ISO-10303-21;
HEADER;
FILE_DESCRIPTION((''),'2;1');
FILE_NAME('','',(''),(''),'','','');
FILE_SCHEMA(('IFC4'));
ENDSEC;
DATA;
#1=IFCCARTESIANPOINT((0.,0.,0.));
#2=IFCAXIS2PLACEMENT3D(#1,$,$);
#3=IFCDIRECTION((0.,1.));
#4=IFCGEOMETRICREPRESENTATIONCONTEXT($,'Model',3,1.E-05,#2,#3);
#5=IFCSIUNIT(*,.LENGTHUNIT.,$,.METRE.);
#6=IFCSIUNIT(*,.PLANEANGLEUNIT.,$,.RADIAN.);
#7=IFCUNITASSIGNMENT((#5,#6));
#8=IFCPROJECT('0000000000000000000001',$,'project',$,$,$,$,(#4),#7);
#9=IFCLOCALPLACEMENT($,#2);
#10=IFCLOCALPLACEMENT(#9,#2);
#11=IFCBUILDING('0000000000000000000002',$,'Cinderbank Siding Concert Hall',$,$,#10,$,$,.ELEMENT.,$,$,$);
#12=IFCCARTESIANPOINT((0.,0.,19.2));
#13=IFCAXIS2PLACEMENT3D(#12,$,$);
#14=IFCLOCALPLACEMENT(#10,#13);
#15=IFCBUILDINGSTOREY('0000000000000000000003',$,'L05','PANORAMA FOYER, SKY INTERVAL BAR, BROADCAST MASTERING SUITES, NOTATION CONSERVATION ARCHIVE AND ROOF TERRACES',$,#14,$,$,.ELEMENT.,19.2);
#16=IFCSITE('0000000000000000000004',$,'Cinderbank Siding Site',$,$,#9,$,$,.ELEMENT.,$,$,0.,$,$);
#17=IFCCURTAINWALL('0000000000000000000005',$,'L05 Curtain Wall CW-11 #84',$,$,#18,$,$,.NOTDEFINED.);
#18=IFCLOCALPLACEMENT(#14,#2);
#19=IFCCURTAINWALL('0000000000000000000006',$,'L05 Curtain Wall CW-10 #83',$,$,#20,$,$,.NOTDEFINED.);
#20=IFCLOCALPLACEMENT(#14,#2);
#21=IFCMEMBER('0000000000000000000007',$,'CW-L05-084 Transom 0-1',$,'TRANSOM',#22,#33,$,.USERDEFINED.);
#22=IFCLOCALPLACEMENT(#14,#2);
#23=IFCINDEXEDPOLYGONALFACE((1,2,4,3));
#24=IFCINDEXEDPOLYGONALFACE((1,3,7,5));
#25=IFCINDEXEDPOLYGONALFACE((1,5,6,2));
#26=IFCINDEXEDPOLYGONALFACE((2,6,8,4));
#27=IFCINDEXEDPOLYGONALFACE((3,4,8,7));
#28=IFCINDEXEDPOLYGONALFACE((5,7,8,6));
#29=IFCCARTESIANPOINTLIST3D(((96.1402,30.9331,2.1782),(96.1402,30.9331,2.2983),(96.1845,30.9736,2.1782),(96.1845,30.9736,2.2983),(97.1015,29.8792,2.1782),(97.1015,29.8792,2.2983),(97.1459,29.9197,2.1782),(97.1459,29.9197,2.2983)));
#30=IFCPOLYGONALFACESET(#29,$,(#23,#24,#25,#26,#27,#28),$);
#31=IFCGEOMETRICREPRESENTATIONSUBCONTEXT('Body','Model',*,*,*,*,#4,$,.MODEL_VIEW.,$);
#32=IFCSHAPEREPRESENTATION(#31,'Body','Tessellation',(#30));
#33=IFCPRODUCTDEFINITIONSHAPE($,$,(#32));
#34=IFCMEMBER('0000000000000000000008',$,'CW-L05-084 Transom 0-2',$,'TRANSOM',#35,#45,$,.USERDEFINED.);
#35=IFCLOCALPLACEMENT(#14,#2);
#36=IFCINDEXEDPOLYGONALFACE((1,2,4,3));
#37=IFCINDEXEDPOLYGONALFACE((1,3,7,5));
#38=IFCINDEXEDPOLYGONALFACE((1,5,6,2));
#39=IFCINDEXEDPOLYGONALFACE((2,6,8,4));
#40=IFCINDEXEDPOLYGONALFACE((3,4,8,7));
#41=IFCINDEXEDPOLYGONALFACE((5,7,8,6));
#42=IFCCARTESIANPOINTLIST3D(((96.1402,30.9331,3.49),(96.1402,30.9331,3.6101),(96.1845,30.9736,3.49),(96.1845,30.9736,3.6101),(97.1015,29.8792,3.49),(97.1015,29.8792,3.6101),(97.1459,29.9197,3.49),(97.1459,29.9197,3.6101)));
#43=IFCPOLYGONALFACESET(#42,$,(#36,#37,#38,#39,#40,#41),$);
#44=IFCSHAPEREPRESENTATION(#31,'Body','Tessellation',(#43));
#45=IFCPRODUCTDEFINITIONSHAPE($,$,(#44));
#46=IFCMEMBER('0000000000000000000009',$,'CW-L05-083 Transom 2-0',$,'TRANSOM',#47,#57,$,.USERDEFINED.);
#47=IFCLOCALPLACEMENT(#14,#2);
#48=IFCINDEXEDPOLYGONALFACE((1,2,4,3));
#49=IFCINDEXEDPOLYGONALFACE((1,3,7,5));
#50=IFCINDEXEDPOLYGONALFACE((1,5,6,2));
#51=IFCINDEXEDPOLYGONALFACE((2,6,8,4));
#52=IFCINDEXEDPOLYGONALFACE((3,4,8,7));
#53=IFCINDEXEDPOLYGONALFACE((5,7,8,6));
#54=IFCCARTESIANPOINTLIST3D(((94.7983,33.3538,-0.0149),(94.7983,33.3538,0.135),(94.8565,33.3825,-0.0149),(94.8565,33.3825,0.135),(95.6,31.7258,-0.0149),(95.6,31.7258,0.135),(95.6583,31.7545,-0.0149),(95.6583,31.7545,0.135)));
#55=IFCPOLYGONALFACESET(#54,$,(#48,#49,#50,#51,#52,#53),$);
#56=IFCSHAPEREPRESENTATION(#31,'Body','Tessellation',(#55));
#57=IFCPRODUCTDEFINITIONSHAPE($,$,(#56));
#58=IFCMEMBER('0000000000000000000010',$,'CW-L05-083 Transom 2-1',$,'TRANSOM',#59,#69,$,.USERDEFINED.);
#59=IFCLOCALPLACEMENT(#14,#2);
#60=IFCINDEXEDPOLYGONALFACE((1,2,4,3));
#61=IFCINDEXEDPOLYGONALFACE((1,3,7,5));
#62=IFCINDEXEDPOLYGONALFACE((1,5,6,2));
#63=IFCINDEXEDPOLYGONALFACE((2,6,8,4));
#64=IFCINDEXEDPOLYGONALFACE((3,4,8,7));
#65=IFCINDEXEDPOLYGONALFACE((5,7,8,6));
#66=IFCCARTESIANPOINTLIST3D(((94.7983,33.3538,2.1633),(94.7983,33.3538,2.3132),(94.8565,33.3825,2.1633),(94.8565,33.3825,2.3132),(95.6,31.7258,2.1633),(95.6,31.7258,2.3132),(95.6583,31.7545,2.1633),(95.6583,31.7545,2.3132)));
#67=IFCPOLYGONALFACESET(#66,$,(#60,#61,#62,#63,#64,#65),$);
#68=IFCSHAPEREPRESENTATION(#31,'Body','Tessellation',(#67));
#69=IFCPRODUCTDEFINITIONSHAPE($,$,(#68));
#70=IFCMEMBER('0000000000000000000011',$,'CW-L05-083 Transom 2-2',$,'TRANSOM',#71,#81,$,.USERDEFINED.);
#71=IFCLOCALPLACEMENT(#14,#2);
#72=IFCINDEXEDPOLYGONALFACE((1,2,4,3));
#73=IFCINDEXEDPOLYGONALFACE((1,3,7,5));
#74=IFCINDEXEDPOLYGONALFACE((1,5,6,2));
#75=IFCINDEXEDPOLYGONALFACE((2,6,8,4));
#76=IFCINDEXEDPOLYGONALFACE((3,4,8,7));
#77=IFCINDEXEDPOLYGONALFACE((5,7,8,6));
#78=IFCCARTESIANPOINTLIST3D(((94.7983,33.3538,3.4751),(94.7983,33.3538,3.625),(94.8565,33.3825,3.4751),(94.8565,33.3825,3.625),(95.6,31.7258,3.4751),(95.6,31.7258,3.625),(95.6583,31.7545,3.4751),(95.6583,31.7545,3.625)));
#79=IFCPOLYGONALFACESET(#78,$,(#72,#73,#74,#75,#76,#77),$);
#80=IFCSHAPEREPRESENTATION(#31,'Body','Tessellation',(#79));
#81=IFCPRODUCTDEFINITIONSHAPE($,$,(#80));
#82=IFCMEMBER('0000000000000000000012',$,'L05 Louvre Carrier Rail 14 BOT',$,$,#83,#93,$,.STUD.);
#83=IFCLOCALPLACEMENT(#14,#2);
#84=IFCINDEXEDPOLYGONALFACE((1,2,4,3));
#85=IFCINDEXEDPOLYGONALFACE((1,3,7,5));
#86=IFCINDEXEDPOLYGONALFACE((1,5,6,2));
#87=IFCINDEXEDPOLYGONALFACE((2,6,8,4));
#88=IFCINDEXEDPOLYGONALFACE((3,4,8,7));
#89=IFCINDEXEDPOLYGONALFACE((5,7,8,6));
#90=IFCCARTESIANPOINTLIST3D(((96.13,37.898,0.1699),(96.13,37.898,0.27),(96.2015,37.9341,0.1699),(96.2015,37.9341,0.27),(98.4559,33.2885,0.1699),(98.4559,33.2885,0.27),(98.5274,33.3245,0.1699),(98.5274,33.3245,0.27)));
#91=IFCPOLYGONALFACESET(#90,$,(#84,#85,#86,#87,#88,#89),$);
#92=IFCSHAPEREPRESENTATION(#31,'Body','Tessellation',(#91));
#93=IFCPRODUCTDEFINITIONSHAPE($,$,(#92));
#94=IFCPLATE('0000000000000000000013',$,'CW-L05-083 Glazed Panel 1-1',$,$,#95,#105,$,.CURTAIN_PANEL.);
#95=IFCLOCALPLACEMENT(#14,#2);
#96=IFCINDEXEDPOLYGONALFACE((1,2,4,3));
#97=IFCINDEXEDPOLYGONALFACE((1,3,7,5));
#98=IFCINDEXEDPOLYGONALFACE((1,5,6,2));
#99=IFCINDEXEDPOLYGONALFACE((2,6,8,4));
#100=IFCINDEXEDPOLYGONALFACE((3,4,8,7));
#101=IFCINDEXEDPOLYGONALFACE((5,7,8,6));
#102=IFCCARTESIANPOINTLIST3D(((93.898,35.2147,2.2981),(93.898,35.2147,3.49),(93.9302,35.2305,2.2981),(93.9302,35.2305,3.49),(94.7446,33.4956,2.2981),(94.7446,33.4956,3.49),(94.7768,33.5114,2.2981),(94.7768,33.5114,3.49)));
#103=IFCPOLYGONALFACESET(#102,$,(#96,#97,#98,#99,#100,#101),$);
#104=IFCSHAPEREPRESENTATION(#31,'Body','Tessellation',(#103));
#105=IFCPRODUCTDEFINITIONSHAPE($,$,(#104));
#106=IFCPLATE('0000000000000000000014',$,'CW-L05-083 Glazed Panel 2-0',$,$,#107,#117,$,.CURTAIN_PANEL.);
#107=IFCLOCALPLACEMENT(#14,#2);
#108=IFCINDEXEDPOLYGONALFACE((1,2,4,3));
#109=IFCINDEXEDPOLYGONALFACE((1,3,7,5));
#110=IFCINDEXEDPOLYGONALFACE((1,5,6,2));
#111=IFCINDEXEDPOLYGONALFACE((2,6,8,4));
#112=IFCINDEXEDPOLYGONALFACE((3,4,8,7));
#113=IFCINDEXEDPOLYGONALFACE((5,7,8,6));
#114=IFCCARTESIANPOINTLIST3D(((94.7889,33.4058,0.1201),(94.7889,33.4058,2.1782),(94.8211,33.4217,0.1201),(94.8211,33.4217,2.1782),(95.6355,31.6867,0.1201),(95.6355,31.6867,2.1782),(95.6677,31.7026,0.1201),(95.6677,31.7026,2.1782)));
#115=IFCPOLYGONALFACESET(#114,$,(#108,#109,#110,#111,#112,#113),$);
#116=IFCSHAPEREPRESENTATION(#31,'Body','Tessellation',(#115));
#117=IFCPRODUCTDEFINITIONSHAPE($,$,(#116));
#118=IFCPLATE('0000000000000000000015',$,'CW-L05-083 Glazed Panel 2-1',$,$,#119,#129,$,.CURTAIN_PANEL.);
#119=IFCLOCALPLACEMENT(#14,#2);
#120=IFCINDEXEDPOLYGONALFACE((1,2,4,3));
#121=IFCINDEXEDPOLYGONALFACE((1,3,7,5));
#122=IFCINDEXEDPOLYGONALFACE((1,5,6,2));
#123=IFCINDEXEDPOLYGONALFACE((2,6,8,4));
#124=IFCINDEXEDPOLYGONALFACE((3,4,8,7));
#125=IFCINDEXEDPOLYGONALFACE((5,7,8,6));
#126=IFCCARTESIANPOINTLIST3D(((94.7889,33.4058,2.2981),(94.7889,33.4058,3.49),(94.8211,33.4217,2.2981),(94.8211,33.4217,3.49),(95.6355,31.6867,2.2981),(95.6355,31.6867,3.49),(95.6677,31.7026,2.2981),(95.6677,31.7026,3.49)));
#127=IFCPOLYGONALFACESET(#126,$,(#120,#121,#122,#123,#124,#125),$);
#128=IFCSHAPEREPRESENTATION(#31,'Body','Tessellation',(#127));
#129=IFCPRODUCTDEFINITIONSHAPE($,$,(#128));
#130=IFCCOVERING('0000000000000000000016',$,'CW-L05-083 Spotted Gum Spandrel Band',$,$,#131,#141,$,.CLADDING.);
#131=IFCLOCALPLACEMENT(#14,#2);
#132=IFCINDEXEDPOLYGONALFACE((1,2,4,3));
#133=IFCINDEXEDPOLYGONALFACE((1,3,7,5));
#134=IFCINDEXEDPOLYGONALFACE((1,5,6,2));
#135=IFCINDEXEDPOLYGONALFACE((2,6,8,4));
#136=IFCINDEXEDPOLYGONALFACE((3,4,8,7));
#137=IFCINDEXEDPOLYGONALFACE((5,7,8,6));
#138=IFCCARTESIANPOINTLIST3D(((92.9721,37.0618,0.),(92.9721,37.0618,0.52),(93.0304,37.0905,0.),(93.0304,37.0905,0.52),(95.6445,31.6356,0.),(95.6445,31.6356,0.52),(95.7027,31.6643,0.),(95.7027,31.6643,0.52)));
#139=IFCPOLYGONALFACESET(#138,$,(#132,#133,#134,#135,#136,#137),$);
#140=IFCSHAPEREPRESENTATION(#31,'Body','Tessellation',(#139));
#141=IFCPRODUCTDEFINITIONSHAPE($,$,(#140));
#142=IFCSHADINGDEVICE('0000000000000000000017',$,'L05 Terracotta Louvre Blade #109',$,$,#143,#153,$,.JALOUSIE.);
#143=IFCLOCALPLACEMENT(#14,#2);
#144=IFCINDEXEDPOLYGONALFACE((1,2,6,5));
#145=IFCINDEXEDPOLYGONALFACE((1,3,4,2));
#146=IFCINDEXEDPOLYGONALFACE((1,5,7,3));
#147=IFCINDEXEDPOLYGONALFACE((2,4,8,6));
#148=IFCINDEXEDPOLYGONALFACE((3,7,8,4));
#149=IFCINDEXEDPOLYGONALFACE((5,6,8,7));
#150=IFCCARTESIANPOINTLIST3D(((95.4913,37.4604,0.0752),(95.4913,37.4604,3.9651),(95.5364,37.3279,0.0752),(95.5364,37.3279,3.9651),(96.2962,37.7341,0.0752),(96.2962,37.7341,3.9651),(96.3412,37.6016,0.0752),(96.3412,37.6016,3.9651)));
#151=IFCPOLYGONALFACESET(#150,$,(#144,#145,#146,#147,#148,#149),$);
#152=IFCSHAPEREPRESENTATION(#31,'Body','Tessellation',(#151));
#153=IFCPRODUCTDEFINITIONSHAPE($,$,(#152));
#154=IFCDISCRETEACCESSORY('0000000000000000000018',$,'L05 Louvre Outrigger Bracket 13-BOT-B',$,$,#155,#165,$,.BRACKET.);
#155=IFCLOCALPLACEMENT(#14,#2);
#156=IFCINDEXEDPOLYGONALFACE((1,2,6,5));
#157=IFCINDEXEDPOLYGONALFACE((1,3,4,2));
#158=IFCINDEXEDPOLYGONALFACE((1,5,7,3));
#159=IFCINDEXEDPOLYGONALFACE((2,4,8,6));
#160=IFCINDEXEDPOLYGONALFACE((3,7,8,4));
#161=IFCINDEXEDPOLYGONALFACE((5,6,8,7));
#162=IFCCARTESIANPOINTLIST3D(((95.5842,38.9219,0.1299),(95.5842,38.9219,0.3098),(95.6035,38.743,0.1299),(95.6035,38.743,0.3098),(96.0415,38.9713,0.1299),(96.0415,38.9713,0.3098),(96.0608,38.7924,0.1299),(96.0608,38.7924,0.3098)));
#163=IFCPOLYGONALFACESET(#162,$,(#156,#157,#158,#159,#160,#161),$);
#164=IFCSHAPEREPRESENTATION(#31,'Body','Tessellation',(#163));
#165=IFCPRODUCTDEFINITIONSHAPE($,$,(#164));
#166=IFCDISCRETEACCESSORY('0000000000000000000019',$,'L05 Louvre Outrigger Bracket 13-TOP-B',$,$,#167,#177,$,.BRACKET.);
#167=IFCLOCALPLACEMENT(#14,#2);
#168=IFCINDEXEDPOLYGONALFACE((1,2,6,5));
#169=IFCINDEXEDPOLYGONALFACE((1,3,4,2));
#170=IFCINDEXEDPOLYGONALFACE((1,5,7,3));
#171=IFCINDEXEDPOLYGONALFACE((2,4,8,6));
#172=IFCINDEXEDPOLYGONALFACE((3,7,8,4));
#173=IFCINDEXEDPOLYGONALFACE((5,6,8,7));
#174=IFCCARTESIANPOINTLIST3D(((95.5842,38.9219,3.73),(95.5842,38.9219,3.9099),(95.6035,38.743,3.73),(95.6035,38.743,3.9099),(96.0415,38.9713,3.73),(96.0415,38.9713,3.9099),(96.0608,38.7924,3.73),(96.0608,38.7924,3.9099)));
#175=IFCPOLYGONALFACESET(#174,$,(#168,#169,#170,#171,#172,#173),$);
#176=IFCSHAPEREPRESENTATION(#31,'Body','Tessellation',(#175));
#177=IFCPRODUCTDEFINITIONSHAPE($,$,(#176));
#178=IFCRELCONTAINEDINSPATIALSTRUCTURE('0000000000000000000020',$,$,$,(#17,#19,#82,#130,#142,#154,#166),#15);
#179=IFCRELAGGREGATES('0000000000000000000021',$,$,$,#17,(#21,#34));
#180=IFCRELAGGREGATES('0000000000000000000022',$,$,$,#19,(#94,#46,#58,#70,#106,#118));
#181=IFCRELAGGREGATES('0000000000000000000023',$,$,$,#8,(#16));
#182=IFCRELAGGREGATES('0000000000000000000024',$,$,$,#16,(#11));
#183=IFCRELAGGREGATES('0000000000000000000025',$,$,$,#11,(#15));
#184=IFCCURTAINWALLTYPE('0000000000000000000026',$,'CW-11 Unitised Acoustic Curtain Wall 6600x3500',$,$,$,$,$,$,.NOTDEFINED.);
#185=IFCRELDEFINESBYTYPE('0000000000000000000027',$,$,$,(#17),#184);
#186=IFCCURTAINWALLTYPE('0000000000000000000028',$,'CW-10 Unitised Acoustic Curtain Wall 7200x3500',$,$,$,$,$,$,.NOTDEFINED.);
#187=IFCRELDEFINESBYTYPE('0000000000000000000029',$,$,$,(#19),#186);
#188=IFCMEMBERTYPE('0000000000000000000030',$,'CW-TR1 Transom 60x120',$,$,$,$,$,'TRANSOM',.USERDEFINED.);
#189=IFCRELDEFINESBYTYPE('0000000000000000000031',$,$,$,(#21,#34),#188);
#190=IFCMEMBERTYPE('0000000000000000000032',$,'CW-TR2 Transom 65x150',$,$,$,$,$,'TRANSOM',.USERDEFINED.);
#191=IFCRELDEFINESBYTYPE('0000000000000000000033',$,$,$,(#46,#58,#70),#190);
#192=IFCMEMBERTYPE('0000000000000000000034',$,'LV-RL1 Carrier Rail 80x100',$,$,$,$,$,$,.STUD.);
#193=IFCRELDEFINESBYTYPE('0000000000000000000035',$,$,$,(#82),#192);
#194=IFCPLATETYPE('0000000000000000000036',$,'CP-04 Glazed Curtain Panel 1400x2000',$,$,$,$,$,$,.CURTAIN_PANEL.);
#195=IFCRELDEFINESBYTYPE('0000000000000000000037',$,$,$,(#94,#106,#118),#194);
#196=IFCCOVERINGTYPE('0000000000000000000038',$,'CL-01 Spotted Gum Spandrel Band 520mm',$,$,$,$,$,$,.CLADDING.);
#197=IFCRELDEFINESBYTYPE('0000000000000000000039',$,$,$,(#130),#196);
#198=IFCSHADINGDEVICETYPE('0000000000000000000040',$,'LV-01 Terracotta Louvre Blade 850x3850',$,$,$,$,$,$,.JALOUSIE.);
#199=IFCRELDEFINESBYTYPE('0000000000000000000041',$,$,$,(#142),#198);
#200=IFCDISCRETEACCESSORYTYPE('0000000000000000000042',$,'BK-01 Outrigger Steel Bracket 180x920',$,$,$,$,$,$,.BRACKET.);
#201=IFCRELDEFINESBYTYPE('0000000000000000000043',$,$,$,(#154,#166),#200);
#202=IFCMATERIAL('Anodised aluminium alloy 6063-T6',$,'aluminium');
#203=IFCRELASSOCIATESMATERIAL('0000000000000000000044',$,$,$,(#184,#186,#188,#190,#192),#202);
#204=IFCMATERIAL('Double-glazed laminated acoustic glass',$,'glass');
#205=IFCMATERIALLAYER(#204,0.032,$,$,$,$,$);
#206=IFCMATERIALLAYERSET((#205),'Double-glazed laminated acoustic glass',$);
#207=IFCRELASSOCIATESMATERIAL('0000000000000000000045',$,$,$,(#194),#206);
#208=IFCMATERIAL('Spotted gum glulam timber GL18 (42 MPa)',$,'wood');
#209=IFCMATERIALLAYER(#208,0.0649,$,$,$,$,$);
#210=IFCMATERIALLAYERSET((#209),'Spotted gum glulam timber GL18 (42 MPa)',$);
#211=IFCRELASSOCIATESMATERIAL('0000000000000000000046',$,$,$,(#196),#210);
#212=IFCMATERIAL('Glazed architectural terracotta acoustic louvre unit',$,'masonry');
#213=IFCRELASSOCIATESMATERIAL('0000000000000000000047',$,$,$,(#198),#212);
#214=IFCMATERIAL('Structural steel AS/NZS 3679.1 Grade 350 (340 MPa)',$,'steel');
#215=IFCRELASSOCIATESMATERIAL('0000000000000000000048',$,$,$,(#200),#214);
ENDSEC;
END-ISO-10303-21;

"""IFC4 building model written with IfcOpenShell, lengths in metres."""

from ifc_helpers import new_model, si_unit, direction, frame, origin, origin_2d, place, context, subcontext, project, spatial, rectangle, extrude, material, layer, layer_set, material_profile, profile_set, type_object, element, aggregate, save


model = new_model("IFC4")

# Units and contexts
model_context = context("Model", 3, precision=1e-05, world=origin(), true_north=direction((0.0, 1.0)))
body_context = subcontext(model_context, "Body", "Model", "MODEL_VIEW")
ifc_project = project(units=[si_unit("LENGTHUNIT", "METRE"), si_unit("PLANEANGLEUNIT", "RADIAN")], contexts=[model_context])

# Site, building, storey
site_placement = place(None, origin())
site = spatial("IfcSite", under=ifc_project, at=site_placement, Name="Cinderbank Siding Site", CompositionType="ELEMENT", RefElevation=0.0)
building_placement = place(site_placement, origin())
building = spatial("IfcBuilding", under=site, at=building_placement, Name="Cinderbank Siding Concert Hall", CompositionType="ELEMENT")
storey_placement = place(building_placement, frame((0.0, 0.0, 19.2)))
storey = spatial("IfcBuildingStorey", under=building, at=storey_placement, Name="L05", Description="PANORAMA FOYER, SKY INTERVAL BAR, BROADCAST MASTERING SUITES, NOTATION CONSERVATION ARCHIVE AND ROOF TERRACES", CompositionType="ELEMENT", Elevation=19.2)

# Shared definitions
ifc_material_1 = material(Name="Structural steel AS/NZS 3679.1 Grade 350 (340 MPa)", Category="steel")

# Curtain wall
ifc_material_2 = material(Name="Anodised aluminium alloy 6063-T6", Category="aluminium")
curtain_wall_type_1 = type_object("IfcCurtainWallType", Name="CW-11 Unitised Acoustic Curtain Wall 6600x3500", PredefinedType="NOTDEFINED", material=ifc_material_2)
curtain_wall_1_placement = place(storey_placement, origin())
curtain_wall_1 = element("IfcCurtainWall", 1, at=curtain_wall_1_placement, inside=storey, type_object=curtain_wall_type_1, Name="L05 Curtain Wall CW-11 #84", PredefinedType="NOTDEFINED")

# Curtain wall
curtain_wall_type_2 = type_object("IfcCurtainWallType", Name="CW-10 Unitised Acoustic Curtain Wall 7200x3500", PredefinedType="NOTDEFINED", material=ifc_material_2)
curtain_wall_2_placement = place(storey_placement, origin())
curtain_wall_2 = element("IfcCurtainWall", 2, at=curtain_wall_2_placement, inside=storey, type_object=curtain_wall_type_2, Name="L05 Curtain Wall CW-10 #83", PredefinedType="NOTDEFINED")

# Members
ifc_material_profile_1 = material_profile(ifc_material_2, rectangle(XDim=0.0601, YDim=0.1201, at=origin_2d()), Name="ALU-TRAN-60x120", Category="LoadBearing")
ifc_profile_set_1 = profile_set([ifc_material_profile_1], Name="Anodised aluminium alloy 6063-T6")
member_type_1 = type_object("IfcMemberType", Name="CW-TR1 Transom 60x120", ElementType="TRANSOM", PredefinedType="USERDEFINED", material=ifc_profile_set_1)
member_1_placement = place(storey_placement, frame((96.1624, 30.9534, 2.2383), z_axis=(0.673932, -0.738793, 0.0), x_axis=(0.738793, 0.673932, 0.0)))
member_1 = element("IfcMember", 3, at=member_1_placement, type_object=member_type_1, Name="CW-L05-084 Transom 0-1", ObjectType="TRANSOM", PredefinedType="USERDEFINED", context=body_context, shape_type="SweptSolid", body=[
    extrude(rectangle(XDim=0.0601, YDim=0.1201, at=origin_2d()), origin(), (0.0, 0.0, 1.0), 1.4265),
])
member_2_placement = place(storey_placement, frame((96.1624, 30.9534, 3.55), z_axis=(0.673932, -0.738793, 0.0), x_axis=(0.738793, 0.673932, 0.0)))
member_2 = element("IfcMember", 4, at=member_2_placement, type_object=member_type_1, Name="CW-L05-084 Transom 0-2", ObjectType="TRANSOM", PredefinedType="USERDEFINED", context=body_context, shape_type="SweptSolid", body=[
    extrude(rectangle(XDim=0.0601, YDim=0.1201, at=origin_2d()), origin(), (0.0, 0.0, 1.0), 1.4265),
])
aggregate(curtain_wall_1, [member_1, member_2])
ifc_material_profile_2 = material_profile(ifc_material_2, rectangle(XDim=0.0649, YDim=0.1499, at=origin_2d()), Name="ALU-TRAN-65x150", Category="LoadBearing")
ifc_profile_set_2 = profile_set([ifc_material_profile_2], Name="Anodised aluminium alloy 6063-T6")
member_type_2 = type_object("IfcMemberType", Name="CW-TR2 Transom 65x150", ElementType="TRANSOM", PredefinedType="USERDEFINED", material=ifc_profile_set_2)
member_3_placement = place(storey_placement, frame((94.8274, 33.3682, 0.0601), z_axis=(0.441824, -0.897102, 0.0), x_axis=(0.897102, 0.441824, 0.0)))
member_3 = element("IfcMember", 5, at=member_3_placement, type_object=member_type_2, Name="CW-L05-083 Transom 2-0", ObjectType="TRANSOM", PredefinedType="USERDEFINED", context=body_context, shape_type="SweptSolid", body=[
    extrude(rectangle(XDim=0.0649, YDim=0.1499, at=origin_2d()), origin(), (0.0, 0.0, 1.0), 1.8147),
])
member_4_placement = place(storey_placement, frame((94.8274, 33.3682, 2.2383), z_axis=(0.441824, -0.897102, 0.0), x_axis=(0.897102, 0.441824, 0.0)))
member_4 = element("IfcMember", 6, at=member_4_placement, type_object=member_type_2, Name="CW-L05-083 Transom 2-1", ObjectType="TRANSOM", PredefinedType="USERDEFINED", context=body_context, shape_type="SweptSolid", body=[
    extrude(rectangle(XDim=0.0649, YDim=0.1499, at=origin_2d()), origin(), (0.0, 0.0, 1.0), 1.8147),
])
member_5_placement = place(storey_placement, frame((94.8274, 33.3682, 3.55), z_axis=(0.441824, -0.897102, 0.0), x_axis=(0.897102, 0.441824, 0.0)))
member_5 = element("IfcMember", 7, at=member_5_placement, type_object=member_type_2, Name="CW-L05-083 Transom 2-2", ObjectType="TRANSOM", PredefinedType="USERDEFINED", context=body_context, shape_type="SweptSolid", body=[
    extrude(rectangle(XDim=0.0649, YDim=0.1499, at=origin_2d()), origin(), (0.0, 0.0, 1.0), 1.8147),
])
ifc_material_profile_3 = material_profile(ifc_material_2, rectangle(XDim=0.0801, YDim=0.1001, at=origin_2d()), Name="ALU-RAIL-80x100", Category="LoadBearing")
ifc_profile_set_3 = profile_set([ifc_material_profile_3], Name="Anodised aluminium alloy 6063-T6")
member_type_3 = type_object("IfcMemberType", Name="LV-RL1 Carrier Rail 80x100", PredefinedType="STUD", material=ifc_profile_set_3)
member_6_placement = place(storey_placement, frame((96.1658, 37.916, 0.22), z_axis=(0.450483, -0.892785, 0.0), x_axis=(0.892785, 0.450483, 0.0)))
element("IfcMember", 8, at=member_6_placement, inside=storey, type_object=member_type_3, Name="L05 Louvre Carrier Rail 14 BOT", PredefinedType="STUD", context=body_context, shape_type="SweptSolid", body=[
    extrude(rectangle(XDim=0.0801, YDim=0.1001, at=origin_2d()), origin(), (0.0, 0.0, 1.0), 5.1631),
])

# Plates
ifc_material_3 = material(Name="Double-glazed laminated acoustic glass", Category="glass")
ifc_layer_1 = layer(ifc_material_3, 0.032)
ifc_layer_set_1 = layer_set([ifc_layer_1], Name="Double-glazed laminated acoustic glass")
plate_type = type_object("IfcPlateType", Name="CP-04 Glazed Curtain Panel 1400x2000", PredefinedType="CURTAIN_PANEL", material=ifc_layer_set_1)
plate_1_placement = place(storey_placement, frame((94.3374, 34.363, 2.2981), z_axis=(0.0, 0.0, 1.0), x_axis=(0.441816, -0.897105, 0.0)))
plate_1 = element("IfcPlate", 9, at=plate_1_placement, type_object=plate_type, Name="CW-L05-083 Glazed Panel 1-1", PredefinedType="CURTAIN_PANEL", context=body_context, shape_type="SweptSolid", body=[
    extrude(rectangle(XDim=1.9163, YDim=0.0359, at=origin_2d()), origin(), (0.0, 0.0, 1.0), 1.1919),
])
plate_2_placement = place(storey_placement, frame((95.2283, 32.5542, 0.1201), z_axis=(0.0, 0.0, 1.0), x_axis=(0.441816, -0.897105, 0.0)))
plate_2 = element("IfcPlate", 10, at=plate_2_placement, type_object=plate_type, Name="CW-L05-083 Glazed Panel 2-0", PredefinedType="CURTAIN_PANEL", context=body_context, shape_type="SweptSolid", body=[
    extrude(rectangle(XDim=1.9163, YDim=0.0359, at=origin_2d()), origin(), (0.0, 0.0, 1.0), 2.0581),
])
plate_3_placement = place(storey_placement, frame((95.2283, 32.5542, 2.2981), z_axis=(0.0, 0.0, 1.0), x_axis=(0.441816, -0.897105, 0.0)))
plate_3 = element("IfcPlate", 11, at=plate_3_placement, type_object=plate_type, Name="CW-L05-083 Glazed Panel 2-1", PredefinedType="CURTAIN_PANEL", context=body_context, shape_type="SweptSolid", body=[
    extrude(rectangle(XDim=1.9163, YDim=0.0359, at=origin_2d()), origin(), (0.0, 0.0, 1.0), 1.1919),
])
aggregate(curtain_wall_2, [plate_1, member_3, member_4, member_5, plate_2, plate_3])

# Covering
ifc_material_4 = material(Name="Spotted gum glulam timber GL18 (42 MPa)", Category="wood")
ifc_layer_2 = layer(ifc_material_4, 0.0649)
ifc_layer_set_2 = layer_set([ifc_layer_2], Name="Spotted gum glulam timber GL18 (42 MPa)")
covering_type = type_object("IfcCoveringType", Name="CL-01 Spotted Gum Spandrel Band 520mm", PredefinedType="CLADDING", material=ifc_layer_set_2)
covering_placement = place(storey_placement, frame((94.3374, 34.363, 0.0), z_axis=(0.0, 0.0, 1.0), x_axis=(0.441816, -0.897105, 0.0)))
element("IfcCovering", 12, at=covering_placement, inside=storey, type_object=covering_type, Name="CW-L05-083 Spotted Gum Spandrel Band", PredefinedType="CLADDING", context=body_context, shape_type="SweptSolid", body=[
    extrude(rectangle(XDim=6.0486, YDim=0.0649, at=origin_2d()), origin(), (0.0, 0.0, 1.0), 0.52),
])

# Shading device
ifc_material_5 = material(Name="Glazed architectural terracotta acoustic louvre unit", Category="masonry")
shading_device_type = type_object("IfcShadingDeviceType", Name="LV-01 Terracotta Louvre Blade 850x3850", PredefinedType="JALOUSIE", material=ifc_material_5)
shading_device_placement = place(storey_placement, frame((95.9163, 37.531, 0.0752), z_axis=(0.0, 0.0, 1.0), x_axis=(-0.946765, -0.321924, 0.0)))
element("IfcShadingDevice", 13, at=shading_device_placement, inside=storey, type_object=shading_device_type, Name="L05 Terracotta Louvre Blade #109", PredefinedType="JALOUSIE", context=body_context, shape_type="SweptSolid", body=[
    extrude(rectangle(XDim=0.8501, YDim=0.1399, at=origin_2d()), origin(), (0.0, 0.0, 1.0), 3.8899),
])

# Discrete accessories
discrete_accessory_type = type_object("IfcDiscreteAccessoryType", Name="BK-01 Outrigger Steel Bracket 180x920", PredefinedType="BRACKET", material=ifc_material_1)
for number, where, z_axis, x_axis, name in (
    (14, (95.8225, 38.8572, 0.1299), (0.0, 0.0, 1.0), (-0.994211, -0.107447, 0.0), "L05 Louvre Outrigger Bracket 13-BOT-B"),
    (15, (95.8225, 38.8572, 3.73), (0.0, 0.0, 1.0), (-0.994211, -0.107447, 0.0), "L05 Louvre Outrigger Bracket 13-TOP-B"),
):
    element("IfcDiscreteAccessory", number, at=place(storey_placement, frame(where, z_axis=z_axis, x_axis=x_axis)), inside=storey, type_object=discrete_accessory_type, Name=name, PredefinedType="BRACKET", context=body_context, shape_type="SweptSolid", body=[
        extrude(rectangle(XDim=0.46, YDim=0.1799, at=origin_2d()), origin(), (0.0, 0.0, 1.0), 0.1799),
    ])

save(model, "model.ifc")
